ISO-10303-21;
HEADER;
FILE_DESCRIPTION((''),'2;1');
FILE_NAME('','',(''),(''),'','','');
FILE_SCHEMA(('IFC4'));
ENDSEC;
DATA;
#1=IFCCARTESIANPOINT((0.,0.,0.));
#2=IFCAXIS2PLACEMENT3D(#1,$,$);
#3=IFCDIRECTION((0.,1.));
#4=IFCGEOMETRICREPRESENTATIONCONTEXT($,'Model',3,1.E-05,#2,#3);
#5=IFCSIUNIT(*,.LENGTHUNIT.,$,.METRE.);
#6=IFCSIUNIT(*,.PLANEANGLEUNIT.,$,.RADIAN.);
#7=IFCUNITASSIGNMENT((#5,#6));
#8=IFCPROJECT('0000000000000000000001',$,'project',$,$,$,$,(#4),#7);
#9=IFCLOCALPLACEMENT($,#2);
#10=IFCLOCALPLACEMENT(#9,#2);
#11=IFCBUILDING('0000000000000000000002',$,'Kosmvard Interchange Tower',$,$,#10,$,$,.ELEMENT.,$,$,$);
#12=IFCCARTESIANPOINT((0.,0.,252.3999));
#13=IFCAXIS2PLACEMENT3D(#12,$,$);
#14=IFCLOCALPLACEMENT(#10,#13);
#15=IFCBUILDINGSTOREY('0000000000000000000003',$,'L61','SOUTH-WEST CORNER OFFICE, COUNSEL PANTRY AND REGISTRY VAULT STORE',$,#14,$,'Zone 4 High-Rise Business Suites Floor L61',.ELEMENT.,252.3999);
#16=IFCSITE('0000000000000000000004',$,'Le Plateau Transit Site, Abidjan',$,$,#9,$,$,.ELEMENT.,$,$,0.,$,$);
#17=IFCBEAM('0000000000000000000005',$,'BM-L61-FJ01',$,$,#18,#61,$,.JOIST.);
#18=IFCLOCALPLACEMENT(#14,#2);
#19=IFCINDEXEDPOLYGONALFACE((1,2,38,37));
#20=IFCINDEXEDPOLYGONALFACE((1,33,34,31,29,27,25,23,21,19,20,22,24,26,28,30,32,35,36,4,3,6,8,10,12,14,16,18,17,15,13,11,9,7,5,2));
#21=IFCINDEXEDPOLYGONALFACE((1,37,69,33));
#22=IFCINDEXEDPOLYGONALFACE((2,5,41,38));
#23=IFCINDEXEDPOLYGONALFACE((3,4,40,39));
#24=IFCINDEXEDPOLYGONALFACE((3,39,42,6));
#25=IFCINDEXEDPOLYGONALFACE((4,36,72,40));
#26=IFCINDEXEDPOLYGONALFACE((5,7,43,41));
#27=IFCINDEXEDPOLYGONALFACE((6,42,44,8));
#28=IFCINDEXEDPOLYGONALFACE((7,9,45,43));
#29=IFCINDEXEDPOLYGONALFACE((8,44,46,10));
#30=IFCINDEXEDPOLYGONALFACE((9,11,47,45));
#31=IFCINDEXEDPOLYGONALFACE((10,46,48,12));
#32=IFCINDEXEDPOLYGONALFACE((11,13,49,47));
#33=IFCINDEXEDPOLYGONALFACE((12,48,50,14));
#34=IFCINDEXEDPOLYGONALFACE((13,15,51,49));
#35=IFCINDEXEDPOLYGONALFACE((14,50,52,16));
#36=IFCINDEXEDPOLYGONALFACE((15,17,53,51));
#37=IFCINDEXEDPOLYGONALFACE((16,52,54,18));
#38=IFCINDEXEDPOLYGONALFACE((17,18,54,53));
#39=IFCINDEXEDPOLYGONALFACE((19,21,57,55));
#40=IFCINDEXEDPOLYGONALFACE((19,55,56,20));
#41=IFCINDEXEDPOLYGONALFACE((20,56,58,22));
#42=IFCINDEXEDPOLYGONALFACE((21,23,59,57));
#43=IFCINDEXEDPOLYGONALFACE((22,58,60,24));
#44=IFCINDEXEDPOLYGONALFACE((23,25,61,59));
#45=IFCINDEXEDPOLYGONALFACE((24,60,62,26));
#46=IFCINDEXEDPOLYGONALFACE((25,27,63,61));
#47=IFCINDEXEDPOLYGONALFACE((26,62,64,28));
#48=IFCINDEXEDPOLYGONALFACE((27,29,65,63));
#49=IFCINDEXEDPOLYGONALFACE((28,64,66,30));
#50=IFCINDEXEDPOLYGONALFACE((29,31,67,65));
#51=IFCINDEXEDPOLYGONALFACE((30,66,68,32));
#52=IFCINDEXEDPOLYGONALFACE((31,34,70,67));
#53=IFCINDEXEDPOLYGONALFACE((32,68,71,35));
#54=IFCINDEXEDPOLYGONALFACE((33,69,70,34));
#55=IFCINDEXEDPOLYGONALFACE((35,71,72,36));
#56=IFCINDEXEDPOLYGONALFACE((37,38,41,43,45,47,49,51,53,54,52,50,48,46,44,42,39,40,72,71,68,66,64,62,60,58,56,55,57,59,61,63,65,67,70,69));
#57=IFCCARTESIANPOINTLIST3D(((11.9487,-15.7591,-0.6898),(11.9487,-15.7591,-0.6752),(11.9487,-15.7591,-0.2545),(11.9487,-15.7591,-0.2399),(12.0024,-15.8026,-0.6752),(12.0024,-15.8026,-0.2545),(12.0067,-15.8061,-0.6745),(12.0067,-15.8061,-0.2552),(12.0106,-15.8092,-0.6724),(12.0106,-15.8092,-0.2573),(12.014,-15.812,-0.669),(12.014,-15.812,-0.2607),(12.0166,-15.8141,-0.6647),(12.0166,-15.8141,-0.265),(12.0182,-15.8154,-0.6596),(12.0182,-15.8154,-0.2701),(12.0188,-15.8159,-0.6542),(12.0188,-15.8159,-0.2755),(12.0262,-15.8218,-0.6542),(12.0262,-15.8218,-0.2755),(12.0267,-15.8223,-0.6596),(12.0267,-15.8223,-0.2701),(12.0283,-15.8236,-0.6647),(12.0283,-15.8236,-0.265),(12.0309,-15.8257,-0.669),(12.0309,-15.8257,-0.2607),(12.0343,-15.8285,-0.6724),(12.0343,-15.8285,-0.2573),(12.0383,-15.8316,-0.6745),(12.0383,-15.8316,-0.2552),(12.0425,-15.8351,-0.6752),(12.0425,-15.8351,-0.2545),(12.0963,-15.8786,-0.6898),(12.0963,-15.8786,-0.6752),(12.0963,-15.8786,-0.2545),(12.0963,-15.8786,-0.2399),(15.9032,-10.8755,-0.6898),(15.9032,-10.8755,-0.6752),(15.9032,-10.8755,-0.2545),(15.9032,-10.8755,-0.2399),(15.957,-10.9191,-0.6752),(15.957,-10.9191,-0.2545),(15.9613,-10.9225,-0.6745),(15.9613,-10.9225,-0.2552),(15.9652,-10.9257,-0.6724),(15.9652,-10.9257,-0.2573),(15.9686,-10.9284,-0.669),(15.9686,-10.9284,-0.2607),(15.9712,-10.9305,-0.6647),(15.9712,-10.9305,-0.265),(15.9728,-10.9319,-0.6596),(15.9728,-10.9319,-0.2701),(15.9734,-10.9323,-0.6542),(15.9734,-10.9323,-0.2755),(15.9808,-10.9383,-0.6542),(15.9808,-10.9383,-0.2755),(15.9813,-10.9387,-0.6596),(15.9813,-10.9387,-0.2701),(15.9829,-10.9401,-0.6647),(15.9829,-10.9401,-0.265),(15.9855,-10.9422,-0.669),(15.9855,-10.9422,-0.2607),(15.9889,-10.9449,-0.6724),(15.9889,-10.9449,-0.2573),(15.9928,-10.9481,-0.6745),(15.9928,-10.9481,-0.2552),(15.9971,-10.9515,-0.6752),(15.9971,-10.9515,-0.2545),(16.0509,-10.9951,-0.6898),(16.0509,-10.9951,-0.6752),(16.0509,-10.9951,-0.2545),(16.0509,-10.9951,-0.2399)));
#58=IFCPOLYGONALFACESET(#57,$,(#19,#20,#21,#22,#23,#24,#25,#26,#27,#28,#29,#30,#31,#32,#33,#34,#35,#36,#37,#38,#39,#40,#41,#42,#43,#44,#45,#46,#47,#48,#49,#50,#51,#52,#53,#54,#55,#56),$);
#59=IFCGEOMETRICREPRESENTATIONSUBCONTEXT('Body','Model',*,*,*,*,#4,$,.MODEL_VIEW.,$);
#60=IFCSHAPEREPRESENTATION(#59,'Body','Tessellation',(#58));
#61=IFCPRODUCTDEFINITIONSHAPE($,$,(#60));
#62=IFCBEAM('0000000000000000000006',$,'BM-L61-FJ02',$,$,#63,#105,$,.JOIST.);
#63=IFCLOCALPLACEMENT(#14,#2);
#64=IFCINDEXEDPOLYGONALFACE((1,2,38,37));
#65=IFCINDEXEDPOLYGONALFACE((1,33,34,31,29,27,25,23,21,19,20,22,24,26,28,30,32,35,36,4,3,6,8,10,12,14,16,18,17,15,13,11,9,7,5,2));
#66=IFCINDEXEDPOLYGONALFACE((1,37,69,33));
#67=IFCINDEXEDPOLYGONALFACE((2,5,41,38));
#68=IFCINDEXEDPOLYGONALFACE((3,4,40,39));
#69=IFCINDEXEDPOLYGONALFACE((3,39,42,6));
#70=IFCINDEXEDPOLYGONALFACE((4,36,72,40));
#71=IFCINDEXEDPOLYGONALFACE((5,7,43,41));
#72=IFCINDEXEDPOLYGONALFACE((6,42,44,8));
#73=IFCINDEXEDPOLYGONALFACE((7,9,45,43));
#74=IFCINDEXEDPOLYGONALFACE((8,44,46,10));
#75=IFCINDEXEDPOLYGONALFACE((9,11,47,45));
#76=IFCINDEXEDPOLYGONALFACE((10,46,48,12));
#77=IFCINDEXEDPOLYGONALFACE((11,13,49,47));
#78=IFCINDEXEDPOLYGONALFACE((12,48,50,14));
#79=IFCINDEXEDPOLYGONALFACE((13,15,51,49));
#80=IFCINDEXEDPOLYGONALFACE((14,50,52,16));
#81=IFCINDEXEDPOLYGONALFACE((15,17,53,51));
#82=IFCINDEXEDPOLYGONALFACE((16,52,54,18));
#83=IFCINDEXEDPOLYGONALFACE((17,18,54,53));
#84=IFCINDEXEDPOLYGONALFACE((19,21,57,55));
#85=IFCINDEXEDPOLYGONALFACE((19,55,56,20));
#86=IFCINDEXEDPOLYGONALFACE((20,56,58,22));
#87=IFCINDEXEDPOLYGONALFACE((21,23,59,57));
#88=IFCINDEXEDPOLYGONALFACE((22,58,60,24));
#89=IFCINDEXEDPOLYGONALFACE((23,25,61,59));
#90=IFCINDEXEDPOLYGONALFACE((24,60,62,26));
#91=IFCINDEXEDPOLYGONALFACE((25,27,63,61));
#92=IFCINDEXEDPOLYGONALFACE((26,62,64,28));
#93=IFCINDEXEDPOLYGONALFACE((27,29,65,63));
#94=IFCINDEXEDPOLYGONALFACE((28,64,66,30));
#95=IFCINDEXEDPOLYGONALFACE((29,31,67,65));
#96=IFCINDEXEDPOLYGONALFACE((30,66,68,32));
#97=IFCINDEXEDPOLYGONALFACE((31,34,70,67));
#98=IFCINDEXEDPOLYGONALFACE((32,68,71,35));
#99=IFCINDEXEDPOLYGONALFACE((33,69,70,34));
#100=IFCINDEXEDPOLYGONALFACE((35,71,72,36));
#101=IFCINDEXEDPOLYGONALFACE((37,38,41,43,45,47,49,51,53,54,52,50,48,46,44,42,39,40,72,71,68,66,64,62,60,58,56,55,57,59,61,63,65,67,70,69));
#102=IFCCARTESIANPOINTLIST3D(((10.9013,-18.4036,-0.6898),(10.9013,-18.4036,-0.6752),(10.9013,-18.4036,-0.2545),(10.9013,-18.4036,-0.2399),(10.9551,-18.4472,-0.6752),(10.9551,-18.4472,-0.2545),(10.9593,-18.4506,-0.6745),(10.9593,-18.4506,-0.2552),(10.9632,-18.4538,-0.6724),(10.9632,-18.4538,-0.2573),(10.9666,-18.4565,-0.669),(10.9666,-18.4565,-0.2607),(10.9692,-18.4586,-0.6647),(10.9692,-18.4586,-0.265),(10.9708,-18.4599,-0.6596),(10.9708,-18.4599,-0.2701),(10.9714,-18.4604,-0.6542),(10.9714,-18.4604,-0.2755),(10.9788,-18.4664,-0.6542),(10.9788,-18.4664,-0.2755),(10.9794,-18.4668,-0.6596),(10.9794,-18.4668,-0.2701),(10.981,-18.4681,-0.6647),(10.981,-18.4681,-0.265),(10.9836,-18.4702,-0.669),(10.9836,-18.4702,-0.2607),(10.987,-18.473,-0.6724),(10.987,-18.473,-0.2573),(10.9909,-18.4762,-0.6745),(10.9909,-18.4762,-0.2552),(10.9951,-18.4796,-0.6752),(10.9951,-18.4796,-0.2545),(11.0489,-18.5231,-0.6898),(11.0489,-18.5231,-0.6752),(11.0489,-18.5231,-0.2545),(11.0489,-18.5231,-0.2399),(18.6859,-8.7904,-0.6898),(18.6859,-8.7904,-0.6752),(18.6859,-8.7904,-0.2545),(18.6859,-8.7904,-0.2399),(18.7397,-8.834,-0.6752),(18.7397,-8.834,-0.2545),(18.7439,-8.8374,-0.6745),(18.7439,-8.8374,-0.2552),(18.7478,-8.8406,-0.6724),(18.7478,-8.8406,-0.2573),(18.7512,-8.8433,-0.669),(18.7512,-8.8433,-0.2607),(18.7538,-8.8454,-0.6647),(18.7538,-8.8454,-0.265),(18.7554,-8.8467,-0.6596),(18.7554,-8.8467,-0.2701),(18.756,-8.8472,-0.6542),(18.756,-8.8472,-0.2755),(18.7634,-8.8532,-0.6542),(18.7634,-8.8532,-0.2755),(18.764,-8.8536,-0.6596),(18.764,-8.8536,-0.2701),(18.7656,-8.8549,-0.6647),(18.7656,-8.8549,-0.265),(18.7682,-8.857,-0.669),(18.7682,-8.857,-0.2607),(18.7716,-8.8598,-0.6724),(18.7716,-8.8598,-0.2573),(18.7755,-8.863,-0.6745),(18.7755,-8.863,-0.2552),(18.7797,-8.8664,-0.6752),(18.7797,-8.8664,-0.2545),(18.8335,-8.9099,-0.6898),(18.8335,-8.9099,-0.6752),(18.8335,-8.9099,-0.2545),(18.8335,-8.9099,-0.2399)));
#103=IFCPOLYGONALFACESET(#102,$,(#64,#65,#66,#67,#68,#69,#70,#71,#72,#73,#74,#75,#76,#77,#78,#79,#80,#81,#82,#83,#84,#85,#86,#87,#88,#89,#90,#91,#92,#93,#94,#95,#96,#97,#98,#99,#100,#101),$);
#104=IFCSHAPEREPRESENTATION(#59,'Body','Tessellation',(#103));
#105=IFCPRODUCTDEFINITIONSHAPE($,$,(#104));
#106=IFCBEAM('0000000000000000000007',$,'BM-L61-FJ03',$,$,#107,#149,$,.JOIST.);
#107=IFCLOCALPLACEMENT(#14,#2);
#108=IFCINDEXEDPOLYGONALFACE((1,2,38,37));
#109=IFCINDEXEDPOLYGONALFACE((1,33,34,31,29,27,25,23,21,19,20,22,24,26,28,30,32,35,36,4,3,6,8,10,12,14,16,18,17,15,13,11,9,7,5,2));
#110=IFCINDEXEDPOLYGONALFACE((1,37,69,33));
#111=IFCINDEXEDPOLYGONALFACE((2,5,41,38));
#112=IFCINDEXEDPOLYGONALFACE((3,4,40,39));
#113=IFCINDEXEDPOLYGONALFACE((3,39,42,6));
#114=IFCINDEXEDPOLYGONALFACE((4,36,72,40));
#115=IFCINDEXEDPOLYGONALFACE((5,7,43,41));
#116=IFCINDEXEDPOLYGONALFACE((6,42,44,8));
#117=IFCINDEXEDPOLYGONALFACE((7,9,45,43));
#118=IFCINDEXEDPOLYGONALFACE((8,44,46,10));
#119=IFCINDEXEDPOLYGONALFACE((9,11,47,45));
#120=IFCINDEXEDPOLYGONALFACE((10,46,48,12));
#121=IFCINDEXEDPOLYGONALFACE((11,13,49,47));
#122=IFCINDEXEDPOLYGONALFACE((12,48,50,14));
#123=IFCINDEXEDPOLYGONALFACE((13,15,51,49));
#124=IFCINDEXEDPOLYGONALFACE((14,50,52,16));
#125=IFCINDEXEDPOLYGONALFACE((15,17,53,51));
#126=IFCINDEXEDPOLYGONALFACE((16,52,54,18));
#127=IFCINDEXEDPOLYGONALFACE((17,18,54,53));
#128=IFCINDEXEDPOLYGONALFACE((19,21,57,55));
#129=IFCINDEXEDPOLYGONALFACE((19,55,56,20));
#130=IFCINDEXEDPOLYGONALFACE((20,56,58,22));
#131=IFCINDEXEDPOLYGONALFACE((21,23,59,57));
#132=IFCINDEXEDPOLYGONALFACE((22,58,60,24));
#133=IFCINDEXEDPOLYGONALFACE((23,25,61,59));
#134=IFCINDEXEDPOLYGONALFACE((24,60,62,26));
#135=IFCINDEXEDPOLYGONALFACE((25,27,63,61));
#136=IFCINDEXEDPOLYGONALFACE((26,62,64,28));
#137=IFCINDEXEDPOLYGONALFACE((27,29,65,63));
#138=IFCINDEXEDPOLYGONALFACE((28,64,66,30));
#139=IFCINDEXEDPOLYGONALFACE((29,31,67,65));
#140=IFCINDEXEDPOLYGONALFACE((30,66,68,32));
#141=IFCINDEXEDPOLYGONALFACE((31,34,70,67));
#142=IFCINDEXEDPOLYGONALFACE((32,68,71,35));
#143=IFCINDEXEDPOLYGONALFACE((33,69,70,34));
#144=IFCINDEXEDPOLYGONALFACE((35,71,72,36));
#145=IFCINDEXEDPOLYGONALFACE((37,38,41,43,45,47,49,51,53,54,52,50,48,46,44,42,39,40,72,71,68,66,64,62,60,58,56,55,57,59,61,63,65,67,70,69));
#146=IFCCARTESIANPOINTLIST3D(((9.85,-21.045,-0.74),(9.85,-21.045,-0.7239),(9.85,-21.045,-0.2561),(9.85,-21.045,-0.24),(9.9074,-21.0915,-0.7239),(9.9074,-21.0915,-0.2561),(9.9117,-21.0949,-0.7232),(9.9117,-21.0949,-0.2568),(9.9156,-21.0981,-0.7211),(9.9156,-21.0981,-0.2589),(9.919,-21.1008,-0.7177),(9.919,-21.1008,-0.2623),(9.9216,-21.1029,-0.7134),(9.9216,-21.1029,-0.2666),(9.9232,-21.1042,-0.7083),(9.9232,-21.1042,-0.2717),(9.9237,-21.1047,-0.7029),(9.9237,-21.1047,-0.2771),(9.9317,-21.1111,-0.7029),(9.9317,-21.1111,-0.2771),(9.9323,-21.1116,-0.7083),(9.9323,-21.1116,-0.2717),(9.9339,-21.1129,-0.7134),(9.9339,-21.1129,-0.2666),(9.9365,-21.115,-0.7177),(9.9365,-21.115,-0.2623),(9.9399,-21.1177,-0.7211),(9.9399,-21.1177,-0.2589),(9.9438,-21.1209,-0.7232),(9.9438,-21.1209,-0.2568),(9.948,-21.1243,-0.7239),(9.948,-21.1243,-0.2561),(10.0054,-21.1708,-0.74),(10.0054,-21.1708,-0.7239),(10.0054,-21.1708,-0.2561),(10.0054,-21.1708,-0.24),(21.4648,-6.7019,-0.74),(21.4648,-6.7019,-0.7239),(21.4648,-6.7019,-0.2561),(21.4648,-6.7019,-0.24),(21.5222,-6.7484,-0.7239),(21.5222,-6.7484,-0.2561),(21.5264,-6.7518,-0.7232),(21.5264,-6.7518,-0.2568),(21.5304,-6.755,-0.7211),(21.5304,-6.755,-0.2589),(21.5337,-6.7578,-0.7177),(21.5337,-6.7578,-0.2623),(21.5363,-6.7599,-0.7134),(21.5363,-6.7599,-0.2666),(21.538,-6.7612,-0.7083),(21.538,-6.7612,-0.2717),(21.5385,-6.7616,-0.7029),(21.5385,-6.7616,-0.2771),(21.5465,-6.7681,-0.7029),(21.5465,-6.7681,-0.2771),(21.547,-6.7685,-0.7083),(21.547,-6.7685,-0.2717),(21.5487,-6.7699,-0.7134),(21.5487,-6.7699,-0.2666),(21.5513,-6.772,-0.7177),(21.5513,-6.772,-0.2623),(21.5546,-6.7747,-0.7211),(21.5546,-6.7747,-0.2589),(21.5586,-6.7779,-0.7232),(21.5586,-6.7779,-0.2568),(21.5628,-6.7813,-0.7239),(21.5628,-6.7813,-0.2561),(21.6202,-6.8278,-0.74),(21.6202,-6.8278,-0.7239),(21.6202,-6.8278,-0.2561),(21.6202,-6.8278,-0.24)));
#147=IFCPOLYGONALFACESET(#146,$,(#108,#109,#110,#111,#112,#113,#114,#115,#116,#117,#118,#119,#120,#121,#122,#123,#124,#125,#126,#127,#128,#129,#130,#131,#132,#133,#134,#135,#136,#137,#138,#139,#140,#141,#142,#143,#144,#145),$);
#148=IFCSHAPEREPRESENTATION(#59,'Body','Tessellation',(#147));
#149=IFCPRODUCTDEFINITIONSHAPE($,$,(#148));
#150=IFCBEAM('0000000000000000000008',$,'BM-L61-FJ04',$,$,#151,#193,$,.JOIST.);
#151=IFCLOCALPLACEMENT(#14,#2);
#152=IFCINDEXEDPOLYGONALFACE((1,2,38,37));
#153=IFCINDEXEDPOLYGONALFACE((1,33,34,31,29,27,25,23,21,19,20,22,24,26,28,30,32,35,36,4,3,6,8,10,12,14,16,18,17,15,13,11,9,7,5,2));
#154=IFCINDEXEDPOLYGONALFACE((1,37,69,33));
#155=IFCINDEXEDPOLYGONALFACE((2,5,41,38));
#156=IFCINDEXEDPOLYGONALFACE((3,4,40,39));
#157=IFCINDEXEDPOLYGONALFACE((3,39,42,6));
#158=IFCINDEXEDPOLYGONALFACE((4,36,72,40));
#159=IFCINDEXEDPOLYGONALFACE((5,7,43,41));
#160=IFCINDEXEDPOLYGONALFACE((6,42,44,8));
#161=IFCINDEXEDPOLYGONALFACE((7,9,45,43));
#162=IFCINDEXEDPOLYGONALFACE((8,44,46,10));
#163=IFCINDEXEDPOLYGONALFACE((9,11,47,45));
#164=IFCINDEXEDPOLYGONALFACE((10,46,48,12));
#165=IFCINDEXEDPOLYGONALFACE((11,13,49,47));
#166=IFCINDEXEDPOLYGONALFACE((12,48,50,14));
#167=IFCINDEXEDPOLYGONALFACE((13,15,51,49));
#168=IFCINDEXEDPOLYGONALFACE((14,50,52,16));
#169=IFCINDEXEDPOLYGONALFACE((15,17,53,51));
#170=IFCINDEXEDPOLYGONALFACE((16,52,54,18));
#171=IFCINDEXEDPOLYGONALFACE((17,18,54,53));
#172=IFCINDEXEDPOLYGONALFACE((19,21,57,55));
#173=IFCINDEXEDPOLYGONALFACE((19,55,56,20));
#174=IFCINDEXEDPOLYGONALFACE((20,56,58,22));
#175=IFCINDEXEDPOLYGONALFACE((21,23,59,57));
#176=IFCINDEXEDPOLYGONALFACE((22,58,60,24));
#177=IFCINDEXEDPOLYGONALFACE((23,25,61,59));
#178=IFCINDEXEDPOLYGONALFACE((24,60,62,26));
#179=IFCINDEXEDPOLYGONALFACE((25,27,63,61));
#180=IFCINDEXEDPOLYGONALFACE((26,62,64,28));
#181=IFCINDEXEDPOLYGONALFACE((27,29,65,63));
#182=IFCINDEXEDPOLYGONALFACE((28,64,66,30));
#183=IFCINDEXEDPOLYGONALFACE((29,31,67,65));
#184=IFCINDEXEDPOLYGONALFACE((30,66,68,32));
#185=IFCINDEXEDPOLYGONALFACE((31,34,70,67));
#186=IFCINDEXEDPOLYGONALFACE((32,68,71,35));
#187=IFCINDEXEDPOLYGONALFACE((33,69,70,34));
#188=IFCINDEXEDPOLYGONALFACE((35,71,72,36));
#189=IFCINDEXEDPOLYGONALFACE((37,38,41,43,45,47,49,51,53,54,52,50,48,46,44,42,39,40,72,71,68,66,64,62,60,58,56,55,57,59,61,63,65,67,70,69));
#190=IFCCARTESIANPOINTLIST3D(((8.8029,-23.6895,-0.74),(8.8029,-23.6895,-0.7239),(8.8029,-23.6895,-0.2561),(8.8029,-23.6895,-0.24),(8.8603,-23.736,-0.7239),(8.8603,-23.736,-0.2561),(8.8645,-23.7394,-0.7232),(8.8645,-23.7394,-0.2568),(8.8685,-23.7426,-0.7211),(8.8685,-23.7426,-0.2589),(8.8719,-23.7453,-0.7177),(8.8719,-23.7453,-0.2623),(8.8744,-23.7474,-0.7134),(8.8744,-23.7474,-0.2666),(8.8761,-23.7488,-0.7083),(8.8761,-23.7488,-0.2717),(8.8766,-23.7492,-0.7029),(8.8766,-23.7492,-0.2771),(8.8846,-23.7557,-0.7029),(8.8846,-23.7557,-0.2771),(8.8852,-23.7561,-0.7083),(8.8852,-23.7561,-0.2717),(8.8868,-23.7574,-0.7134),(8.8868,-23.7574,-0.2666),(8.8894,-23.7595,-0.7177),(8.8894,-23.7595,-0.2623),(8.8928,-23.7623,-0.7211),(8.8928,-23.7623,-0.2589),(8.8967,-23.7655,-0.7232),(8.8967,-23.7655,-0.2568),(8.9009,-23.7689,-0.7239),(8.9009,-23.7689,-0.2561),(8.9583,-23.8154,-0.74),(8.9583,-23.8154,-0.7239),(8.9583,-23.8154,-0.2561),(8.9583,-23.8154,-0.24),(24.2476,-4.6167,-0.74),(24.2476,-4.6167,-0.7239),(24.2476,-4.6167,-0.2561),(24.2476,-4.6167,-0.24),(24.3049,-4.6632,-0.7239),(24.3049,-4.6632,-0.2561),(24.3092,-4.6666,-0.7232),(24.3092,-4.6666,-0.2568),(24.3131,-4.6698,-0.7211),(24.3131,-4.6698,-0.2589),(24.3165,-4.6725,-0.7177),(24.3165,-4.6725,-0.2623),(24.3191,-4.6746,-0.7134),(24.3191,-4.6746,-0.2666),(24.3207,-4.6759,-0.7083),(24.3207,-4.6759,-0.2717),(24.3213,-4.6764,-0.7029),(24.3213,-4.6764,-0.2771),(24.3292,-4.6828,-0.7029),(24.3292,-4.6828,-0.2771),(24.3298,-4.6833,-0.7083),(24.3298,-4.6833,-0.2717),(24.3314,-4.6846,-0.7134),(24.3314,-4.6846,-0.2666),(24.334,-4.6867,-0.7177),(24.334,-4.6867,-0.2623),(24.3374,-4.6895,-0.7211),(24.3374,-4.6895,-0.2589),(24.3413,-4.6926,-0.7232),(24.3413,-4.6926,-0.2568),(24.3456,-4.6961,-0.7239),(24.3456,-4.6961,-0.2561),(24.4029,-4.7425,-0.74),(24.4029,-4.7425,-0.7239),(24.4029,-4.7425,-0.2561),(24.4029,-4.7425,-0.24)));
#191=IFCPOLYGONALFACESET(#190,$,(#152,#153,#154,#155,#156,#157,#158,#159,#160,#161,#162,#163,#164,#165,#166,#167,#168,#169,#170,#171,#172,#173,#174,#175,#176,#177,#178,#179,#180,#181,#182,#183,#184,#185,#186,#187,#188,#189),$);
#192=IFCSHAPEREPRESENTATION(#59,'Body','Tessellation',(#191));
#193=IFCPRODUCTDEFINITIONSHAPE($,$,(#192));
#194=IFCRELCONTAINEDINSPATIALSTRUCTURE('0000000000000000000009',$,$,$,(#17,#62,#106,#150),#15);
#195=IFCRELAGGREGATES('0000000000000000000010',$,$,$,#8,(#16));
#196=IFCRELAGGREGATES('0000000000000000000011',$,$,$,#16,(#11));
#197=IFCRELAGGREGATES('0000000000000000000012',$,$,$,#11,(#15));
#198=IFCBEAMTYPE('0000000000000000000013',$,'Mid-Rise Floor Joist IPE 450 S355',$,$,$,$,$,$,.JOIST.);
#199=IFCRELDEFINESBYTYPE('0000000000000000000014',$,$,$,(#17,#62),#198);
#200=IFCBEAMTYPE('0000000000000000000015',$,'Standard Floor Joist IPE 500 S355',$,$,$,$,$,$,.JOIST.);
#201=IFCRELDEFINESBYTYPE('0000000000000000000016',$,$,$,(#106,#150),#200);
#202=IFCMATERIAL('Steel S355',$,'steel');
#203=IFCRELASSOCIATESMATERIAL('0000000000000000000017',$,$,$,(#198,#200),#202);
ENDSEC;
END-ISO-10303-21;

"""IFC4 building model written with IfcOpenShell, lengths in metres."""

from ifc_helpers import new_model, si_unit, direction, frame, origin, origin_2d, place, context, subcontext, project, spatial, i_section, extrude, source, transform, mapped, material, material_profile, profile_set, type_object, element, save


model = new_model("IFC4")

# Units and contexts
model_context = context("Model", 3, precision=1e-05, world=origin(), true_north=direction((0.0, 1.0)))
body_context = subcontext(model_context, "Body", "Model", "MODEL_VIEW")
ifc_project = project(units=[si_unit("LENGTHUNIT", "METRE"), si_unit("PLANEANGLEUNIT", "RADIAN")], contexts=[model_context])

# Site, building, storey
site_placement = place(None, origin())
site = spatial("IfcSite", under=ifc_project, at=site_placement, Name="Le Plateau Transit Site, Abidjan", CompositionType="ELEMENT", RefElevation=0.0)
building_placement = place(site_placement, origin())
building = spatial("IfcBuilding", under=site, at=building_placement, Name="Kosmvard Interchange Tower", CompositionType="ELEMENT")
storey_placement = place(building_placement, frame((0.0, 0.0, 252.3999)))
storey = spatial("IfcBuildingStorey", under=building, at=storey_placement, Name="L61", Description="SOUTH-WEST CORNER OFFICE, COUNSEL PANTRY AND REGISTRY VAULT STORE", LongName="Zone 4 High-Rise Business Suites Floor L61", CompositionType="ELEMENT", Elevation=252.3999)

# Beams
ifc_material_1 = material(Name="Steel S355", Category="steel")
ifc_material_profile_1 = material_profile(ifc_material_1, i_section(OverallWidth=0.1899, OverallDepth=0.45, WebThickness=0.0095, FlangeThickness=0.0146, FilletRadius=0.021, at=origin_2d()), Name="IPE 450")
ifc_profile_set_1 = profile_set([ifc_material_profile_1], Name="Steel S355")
beam_type_1 = type_object("IfcBeamType", Name="Mid-Rise Floor Joist IPE 450 S355", PredefinedType="JOIST", material=ifc_profile_set_1)
shared_shape_1 = source(origin(), body_context, "Body", "SweptSolid", [
    extrude(i_section(OverallWidth=0.1899, OverallDepth=0.45, WebThickness=0.0095, FlangeThickness=0.0146, FilletRadius=0.021, at=origin_2d()), origin(), (0.0, 0.0, 1.0), 6.2839),
])
beam_1_placement = place(storey_placement, frame((12.0225, -15.8188, -0.4648), z_axis=(0.629318, 0.777148, 0.0), x_axis=(-0.777148, 0.629318, 0.0)))
element("IfcBeam", 1, at=beam_1_placement, inside=storey, type_object=beam_type_1, Name="BM-L61-FJ01", PredefinedType="JOIST", context=body_context, shape_type="MappedRepresentation", body=[
    mapped(shared_shape_1, transform((0.0, 0.0, 0.0), scale=1.0)),
])
shared_shape_2 = source(origin(), body_context, "Body", "SweptSolid", [
    extrude(i_section(OverallWidth=0.1899, OverallDepth=0.45, WebThickness=0.0095, FlangeThickness=0.0146, FilletRadius=0.021, at=origin_2d()), origin(), (0.0, 0.0, 1.0), 12.3699),
])
beam_2_placement = place(storey_placement, frame((10.9751, -18.4634, -0.4648), z_axis=(0.62932, 0.777147, 0.0), x_axis=(-0.777147, 0.62932, 0.0)))
element("IfcBeam", 2, at=beam_2_placement, inside=storey, type_object=beam_type_1, Name="BM-L61-FJ02", PredefinedType="JOIST", context=body_context, shape_type="MappedRepresentation", body=[
    mapped(shared_shape_2, transform((0.0, 0.0, 0.0), scale=1.0)),
])
ifc_material_profile_2 = material_profile(ifc_material_1, i_section(OverallWidth=0.2, OverallDepth=0.5, WebThickness=0.0103, FlangeThickness=0.0161, FilletRadius=0.021, at=origin_2d()), Name="IPE 500")
ifc_profile_set_2 = profile_set([ifc_material_profile_2], Name="Steel S355")
beam_type_2 = type_object("IfcBeamType", Name="Standard Floor Joist IPE 500 S355", PredefinedType="JOIST", material=ifc_profile_set_2)
shared_shape_3 = source(origin(), body_context, "Body", "SweptSolid", [
    extrude(i_section(OverallWidth=0.2, OverallDepth=0.5, WebThickness=0.0103, FlangeThickness=0.0161, FilletRadius=0.021, at=origin_2d()), origin(), (0.0, 0.0, 1.0), 18.4561),
])
beam_3_placement = place(storey_placement, frame((9.9277, -21.1079, -0.49), z_axis=(0.62932, 0.777146, 0.0), x_axis=(-0.777146, 0.62932, 0.0)))
element("IfcBeam", 3, at=beam_3_placement, inside=storey, type_object=beam_type_2, Name="BM-L61-FJ03", PredefinedType="JOIST", context=body_context, shape_type="MappedRepresentation", body=[
    mapped(shared_shape_3, transform((0.0, 0.0, 0.0), scale=1.0)),
])
shared_shape_4 = source(origin(), body_context, "Body", "SweptSolid", [
    extrude(i_section(OverallWidth=0.2, OverallDepth=0.5, WebThickness=0.0103, FlangeThickness=0.0161, FilletRadius=0.021, at=origin_2d()), origin(), (0.0, 0.0, 1.0), 24.542),
])
beam_4_placement = place(storey_placement, frame((8.8806, -23.7524, -0.49), z_axis=(0.629315, 0.777151, 0.0), x_axis=(-0.777151, 0.629315, 0.0)))
element("IfcBeam", 4, at=beam_4_placement, inside=storey, type_object=beam_type_2, Name="BM-L61-FJ04", PredefinedType="JOIST", context=body_context, shape_type="MappedRepresentation", body=[
    mapped(shared_shape_4, transform((0.0, 0.0, 0.0), scale=1.0)),
])

save(model, "model.ifc")
